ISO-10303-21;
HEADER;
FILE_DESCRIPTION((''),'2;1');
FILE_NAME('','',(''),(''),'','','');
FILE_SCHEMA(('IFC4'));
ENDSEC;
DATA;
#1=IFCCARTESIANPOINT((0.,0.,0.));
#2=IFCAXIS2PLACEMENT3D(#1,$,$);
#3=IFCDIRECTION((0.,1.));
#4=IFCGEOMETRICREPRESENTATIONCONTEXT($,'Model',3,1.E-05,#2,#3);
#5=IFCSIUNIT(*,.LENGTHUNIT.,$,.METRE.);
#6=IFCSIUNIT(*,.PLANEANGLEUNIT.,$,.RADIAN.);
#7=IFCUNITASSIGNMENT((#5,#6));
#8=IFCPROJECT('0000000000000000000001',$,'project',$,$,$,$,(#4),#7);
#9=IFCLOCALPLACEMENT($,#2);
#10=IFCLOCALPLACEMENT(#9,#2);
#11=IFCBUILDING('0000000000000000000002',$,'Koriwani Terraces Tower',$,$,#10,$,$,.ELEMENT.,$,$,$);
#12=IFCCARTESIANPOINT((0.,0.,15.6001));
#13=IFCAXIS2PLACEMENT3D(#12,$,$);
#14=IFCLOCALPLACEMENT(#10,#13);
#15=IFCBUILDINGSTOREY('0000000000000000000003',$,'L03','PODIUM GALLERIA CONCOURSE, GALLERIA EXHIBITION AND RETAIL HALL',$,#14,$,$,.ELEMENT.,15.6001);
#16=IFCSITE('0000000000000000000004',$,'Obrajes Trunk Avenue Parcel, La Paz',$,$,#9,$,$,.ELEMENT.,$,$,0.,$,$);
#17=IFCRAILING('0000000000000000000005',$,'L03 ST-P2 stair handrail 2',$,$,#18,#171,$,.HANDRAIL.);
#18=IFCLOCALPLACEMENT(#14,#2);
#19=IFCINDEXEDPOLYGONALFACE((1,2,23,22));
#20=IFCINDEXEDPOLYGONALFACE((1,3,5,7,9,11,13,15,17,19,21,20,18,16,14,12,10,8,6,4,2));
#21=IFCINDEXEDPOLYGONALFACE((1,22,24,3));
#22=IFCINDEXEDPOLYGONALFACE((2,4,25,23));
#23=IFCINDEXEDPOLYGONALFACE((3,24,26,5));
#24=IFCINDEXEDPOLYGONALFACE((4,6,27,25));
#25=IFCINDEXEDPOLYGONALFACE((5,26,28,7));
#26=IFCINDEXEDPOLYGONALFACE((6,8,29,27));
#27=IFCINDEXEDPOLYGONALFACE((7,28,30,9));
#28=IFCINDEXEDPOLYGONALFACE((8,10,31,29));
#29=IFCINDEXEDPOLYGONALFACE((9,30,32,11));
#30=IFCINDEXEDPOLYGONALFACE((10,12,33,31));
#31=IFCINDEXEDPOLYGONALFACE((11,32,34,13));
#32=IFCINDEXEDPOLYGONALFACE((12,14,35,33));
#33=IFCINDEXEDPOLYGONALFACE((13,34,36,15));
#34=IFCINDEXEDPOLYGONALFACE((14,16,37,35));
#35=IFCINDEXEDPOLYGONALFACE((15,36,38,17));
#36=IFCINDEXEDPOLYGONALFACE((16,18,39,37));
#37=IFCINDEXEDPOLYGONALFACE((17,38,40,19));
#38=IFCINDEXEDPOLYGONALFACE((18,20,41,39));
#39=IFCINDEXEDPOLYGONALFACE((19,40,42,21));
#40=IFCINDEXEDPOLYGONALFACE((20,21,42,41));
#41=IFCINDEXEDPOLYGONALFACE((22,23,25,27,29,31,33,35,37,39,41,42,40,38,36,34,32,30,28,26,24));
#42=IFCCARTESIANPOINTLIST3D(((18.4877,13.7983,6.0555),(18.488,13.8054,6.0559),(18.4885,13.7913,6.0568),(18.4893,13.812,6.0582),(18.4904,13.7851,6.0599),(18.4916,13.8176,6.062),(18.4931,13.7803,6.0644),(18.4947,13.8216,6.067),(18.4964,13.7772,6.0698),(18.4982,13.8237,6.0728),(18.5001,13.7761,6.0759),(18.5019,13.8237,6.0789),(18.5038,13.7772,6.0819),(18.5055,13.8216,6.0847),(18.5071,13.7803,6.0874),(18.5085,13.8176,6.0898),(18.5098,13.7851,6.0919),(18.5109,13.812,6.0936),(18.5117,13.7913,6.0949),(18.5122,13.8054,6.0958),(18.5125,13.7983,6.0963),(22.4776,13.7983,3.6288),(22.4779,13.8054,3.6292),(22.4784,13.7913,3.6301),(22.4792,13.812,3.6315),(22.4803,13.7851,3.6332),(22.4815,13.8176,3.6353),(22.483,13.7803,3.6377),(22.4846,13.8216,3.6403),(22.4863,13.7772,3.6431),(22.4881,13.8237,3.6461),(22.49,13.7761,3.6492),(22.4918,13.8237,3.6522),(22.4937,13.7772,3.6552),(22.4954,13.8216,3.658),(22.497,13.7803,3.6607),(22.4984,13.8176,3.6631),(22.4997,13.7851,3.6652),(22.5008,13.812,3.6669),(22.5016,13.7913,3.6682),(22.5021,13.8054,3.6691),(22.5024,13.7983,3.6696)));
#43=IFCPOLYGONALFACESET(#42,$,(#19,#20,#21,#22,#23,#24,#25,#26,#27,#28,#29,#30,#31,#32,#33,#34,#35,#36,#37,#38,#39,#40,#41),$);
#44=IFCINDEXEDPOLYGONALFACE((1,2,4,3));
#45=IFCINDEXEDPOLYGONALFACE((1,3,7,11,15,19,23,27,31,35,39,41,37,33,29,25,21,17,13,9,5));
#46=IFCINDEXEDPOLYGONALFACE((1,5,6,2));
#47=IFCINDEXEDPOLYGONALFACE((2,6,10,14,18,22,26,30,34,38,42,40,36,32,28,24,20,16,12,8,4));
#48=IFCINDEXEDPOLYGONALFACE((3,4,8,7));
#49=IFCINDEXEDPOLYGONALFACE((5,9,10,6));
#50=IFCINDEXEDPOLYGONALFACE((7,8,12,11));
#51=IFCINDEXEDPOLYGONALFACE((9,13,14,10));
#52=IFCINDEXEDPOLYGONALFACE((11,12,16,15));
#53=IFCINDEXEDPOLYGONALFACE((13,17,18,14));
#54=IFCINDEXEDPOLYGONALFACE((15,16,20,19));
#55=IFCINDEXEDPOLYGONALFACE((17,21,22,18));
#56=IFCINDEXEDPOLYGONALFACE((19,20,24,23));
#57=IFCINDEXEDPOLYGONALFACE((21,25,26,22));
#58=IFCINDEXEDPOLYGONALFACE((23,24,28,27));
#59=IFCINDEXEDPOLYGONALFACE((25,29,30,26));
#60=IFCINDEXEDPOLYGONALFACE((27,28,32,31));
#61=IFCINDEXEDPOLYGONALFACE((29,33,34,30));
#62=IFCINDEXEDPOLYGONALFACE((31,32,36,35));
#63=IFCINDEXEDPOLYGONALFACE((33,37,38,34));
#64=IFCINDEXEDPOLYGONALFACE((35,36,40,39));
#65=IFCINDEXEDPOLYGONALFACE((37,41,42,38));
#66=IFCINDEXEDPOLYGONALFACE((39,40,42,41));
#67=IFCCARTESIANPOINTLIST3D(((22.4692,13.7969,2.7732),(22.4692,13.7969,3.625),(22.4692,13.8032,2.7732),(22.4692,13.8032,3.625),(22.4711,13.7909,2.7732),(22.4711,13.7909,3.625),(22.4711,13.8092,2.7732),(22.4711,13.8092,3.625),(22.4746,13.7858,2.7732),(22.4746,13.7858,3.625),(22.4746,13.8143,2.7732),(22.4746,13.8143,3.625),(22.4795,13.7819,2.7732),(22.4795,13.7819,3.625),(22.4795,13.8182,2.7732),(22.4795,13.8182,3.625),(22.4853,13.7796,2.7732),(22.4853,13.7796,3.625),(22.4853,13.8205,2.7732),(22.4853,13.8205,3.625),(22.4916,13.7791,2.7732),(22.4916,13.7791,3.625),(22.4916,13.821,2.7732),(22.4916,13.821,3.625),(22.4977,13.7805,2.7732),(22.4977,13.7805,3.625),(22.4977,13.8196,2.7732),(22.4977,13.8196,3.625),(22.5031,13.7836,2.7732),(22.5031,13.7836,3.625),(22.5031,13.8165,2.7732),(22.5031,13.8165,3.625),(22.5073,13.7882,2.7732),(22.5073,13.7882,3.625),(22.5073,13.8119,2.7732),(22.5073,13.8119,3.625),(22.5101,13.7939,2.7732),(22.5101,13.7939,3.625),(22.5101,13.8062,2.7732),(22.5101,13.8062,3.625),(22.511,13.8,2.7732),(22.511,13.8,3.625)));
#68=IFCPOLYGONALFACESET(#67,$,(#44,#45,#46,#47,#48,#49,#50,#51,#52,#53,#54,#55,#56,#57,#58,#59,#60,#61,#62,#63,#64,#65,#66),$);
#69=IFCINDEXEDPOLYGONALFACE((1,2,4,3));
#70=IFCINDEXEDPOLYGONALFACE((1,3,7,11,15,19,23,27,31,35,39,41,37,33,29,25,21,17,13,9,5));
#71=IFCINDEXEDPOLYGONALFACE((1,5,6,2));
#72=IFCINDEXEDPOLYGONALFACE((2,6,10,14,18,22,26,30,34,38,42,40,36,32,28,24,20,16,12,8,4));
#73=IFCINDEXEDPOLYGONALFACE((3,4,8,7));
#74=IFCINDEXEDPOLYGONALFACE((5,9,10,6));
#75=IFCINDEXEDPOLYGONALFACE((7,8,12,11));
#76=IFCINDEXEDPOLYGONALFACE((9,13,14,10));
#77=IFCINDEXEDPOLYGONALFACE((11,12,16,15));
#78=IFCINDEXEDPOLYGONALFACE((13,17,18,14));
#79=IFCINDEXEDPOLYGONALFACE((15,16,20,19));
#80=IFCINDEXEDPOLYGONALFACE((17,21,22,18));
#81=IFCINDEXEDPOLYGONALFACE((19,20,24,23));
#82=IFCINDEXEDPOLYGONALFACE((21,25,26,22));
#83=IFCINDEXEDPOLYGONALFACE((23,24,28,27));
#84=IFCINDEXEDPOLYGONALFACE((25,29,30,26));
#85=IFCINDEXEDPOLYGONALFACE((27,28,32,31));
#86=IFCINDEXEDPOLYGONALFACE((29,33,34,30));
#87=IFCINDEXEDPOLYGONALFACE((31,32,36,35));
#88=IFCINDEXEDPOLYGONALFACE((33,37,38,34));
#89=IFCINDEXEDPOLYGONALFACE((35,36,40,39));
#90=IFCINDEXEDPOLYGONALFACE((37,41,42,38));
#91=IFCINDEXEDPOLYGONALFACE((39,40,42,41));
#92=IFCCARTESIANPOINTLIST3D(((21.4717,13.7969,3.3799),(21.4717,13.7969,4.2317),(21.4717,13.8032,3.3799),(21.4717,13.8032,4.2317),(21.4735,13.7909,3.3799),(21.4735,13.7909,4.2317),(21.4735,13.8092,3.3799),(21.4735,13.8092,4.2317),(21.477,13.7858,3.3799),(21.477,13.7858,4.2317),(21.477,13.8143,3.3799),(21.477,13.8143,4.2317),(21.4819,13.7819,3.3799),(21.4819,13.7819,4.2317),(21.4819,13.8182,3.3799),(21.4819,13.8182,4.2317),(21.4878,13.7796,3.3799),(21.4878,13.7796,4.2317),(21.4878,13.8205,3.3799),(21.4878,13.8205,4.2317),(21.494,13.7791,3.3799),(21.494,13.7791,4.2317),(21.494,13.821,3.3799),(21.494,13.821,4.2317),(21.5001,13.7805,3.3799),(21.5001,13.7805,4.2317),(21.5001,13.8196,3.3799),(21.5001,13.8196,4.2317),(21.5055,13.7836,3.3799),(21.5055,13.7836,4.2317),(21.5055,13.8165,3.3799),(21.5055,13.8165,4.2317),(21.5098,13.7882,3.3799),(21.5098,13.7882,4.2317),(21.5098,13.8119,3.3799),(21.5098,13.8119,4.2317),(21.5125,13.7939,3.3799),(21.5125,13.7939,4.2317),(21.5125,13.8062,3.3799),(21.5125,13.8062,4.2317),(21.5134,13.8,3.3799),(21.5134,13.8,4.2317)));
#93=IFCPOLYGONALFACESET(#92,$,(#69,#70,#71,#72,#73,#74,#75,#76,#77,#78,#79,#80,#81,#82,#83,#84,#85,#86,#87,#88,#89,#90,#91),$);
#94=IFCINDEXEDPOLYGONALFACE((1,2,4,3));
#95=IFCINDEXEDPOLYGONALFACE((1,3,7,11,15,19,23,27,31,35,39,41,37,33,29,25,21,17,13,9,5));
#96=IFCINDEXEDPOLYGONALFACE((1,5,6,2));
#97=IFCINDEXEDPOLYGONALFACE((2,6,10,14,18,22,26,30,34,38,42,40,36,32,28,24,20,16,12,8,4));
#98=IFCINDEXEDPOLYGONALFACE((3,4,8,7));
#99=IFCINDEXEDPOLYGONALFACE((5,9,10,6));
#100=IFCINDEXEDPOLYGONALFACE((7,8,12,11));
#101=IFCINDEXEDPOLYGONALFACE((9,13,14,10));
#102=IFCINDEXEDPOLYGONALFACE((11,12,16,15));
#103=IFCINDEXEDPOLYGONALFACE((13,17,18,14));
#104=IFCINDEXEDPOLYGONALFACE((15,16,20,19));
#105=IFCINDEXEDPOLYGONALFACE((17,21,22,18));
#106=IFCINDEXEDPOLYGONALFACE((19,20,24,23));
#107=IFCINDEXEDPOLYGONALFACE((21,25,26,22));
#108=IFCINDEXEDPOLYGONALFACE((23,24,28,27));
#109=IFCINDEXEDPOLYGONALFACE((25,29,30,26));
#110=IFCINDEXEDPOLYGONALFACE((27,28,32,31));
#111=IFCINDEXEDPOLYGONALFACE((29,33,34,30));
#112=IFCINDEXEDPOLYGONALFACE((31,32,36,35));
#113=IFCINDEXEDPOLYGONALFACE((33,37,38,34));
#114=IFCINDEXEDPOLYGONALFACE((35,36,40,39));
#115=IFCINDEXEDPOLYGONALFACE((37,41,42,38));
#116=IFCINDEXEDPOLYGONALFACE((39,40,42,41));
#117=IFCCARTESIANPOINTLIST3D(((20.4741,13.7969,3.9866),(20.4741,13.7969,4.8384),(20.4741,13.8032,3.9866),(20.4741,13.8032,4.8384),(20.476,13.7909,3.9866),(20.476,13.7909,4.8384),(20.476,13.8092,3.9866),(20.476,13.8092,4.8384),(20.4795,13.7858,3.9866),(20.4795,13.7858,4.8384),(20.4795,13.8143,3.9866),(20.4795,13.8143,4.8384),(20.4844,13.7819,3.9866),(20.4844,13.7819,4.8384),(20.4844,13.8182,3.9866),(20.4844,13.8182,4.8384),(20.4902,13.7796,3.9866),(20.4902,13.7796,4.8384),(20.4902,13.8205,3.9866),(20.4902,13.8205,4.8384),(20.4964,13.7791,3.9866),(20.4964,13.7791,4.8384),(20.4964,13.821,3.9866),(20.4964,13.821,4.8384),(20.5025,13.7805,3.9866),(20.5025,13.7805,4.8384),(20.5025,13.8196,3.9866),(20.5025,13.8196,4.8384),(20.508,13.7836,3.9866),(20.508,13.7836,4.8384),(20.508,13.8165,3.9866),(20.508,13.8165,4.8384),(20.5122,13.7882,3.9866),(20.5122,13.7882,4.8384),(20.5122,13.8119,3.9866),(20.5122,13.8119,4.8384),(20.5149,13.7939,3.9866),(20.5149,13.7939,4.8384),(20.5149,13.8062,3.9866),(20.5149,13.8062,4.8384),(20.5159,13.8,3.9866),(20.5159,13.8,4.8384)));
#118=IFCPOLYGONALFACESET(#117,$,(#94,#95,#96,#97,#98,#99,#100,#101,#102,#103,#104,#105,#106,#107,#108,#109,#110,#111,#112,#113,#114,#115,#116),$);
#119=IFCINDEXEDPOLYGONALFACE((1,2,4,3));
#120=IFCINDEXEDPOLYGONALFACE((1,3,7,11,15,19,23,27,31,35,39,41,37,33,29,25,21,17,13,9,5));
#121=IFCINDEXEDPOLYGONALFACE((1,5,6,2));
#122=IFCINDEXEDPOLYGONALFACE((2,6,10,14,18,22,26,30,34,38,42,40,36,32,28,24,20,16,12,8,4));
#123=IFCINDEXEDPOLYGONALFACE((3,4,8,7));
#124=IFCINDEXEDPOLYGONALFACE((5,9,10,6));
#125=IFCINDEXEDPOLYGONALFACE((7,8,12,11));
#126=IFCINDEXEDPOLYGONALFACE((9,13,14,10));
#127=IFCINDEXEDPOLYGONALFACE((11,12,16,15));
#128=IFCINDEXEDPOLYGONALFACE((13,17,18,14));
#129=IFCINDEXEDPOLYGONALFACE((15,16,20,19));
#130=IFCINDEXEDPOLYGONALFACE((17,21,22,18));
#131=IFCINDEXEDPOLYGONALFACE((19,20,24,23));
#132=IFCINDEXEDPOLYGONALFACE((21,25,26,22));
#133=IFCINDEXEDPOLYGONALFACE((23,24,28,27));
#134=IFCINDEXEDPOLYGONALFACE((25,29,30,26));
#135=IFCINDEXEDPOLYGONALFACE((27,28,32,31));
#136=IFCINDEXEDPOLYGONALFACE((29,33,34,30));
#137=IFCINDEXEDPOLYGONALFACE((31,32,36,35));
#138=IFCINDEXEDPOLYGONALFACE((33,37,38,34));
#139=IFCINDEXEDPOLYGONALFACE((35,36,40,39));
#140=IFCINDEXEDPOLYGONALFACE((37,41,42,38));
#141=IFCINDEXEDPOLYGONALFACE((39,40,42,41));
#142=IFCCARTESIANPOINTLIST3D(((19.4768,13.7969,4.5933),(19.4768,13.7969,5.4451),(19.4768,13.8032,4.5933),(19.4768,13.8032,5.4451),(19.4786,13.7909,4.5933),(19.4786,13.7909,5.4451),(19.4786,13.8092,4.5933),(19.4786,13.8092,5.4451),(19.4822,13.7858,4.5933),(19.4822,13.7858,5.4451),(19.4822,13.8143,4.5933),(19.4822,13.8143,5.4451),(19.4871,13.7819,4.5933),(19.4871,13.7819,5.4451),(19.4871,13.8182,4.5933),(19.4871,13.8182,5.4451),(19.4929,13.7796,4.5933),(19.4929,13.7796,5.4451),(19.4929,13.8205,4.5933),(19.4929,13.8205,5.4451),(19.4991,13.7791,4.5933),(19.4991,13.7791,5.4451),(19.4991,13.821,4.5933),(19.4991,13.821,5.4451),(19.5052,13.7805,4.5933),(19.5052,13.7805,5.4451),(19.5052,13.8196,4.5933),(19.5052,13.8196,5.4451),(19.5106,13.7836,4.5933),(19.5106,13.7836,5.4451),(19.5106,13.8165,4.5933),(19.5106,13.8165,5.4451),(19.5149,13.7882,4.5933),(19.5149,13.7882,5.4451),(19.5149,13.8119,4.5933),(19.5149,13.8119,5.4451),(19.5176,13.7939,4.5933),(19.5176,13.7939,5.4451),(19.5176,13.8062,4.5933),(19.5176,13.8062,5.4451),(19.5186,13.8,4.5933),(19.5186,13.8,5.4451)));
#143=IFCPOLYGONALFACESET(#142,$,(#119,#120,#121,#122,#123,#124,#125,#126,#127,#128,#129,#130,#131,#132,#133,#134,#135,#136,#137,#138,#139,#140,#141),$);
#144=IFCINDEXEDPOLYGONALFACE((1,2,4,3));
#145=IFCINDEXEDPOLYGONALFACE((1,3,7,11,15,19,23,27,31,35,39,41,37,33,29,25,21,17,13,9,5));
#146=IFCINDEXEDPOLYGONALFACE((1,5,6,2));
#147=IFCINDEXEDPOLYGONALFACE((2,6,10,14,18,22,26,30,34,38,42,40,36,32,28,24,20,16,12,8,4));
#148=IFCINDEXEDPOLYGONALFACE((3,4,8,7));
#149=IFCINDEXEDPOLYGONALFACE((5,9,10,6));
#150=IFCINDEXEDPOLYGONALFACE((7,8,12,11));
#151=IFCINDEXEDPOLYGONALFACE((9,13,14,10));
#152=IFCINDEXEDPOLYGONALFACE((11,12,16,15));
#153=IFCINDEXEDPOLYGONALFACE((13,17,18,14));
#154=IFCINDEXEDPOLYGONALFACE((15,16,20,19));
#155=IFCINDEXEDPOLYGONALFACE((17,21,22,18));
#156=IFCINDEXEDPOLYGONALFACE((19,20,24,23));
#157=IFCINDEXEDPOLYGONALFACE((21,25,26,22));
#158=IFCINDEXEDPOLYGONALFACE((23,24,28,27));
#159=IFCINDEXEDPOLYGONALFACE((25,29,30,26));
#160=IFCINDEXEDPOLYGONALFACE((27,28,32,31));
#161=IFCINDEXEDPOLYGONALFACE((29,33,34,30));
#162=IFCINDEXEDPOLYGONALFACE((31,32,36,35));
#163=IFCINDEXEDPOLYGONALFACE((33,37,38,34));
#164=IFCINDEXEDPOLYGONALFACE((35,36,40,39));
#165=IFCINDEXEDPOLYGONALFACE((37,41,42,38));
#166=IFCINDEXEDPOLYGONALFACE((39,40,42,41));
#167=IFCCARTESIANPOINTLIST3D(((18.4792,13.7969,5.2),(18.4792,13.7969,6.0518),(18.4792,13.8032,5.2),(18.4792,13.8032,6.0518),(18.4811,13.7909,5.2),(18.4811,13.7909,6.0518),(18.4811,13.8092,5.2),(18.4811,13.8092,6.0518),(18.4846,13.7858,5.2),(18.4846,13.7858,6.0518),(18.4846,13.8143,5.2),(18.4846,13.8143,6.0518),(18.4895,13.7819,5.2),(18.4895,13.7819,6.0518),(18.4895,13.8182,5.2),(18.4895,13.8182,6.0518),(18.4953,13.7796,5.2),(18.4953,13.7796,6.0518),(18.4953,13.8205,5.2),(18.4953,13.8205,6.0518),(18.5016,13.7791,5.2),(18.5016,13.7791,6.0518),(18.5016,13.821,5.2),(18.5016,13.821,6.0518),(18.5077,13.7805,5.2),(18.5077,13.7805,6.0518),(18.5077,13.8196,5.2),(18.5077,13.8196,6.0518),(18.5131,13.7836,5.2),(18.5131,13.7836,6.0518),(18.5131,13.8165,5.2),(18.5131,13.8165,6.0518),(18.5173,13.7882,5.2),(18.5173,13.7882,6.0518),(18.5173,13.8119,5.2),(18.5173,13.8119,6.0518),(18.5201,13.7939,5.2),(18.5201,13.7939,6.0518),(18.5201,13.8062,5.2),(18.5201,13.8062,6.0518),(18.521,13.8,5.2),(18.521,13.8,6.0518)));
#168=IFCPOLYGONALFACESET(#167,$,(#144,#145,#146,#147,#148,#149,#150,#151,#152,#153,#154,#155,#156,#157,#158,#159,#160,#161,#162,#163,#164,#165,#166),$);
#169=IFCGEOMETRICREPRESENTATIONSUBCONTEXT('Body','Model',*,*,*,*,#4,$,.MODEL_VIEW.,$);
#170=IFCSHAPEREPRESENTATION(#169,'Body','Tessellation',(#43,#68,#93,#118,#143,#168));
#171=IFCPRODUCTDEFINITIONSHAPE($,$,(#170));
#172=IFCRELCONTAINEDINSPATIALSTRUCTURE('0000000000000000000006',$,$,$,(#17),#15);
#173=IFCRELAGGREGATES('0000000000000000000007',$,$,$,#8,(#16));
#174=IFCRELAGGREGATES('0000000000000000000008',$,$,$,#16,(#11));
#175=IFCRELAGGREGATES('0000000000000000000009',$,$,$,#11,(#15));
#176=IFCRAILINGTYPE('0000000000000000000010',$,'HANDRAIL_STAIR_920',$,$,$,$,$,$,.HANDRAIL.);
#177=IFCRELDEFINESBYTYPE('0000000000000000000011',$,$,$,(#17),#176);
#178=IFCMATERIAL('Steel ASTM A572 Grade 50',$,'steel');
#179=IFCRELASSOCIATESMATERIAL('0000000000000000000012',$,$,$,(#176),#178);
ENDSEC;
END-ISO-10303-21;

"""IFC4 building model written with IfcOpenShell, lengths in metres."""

from ifc_helpers import new_model, si_unit, direction, frame, origin, origin_2d, place, context, subcontext, project, spatial, circle, extrude, material, type_object, element, save


model = new_model("IFC4")

# Units and contexts
model_context = context("Model", 3, precision=1e-05, world=origin(), true_north=direction((0.0, 1.0)))
body_context = subcontext(model_context, "Body", "Model", "MODEL_VIEW")
ifc_project = project(units=[si_unit("LENGTHUNIT", "METRE"), si_unit("PLANEANGLEUNIT", "RADIAN")], contexts=[model_context])

# Site, building, storey
site_placement = place(None, origin())
site = spatial("IfcSite", under=ifc_project, at=site_placement, Name="Obrajes Trunk Avenue Parcel, La Paz", CompositionType="ELEMENT", RefElevation=0.0)
building_placement = place(site_placement, origin())
building = spatial("IfcBuilding", under=site, at=building_placement, Name="Koriwani Terraces Tower", CompositionType="ELEMENT")
storey_placement = place(building_placement, frame((0.0, 0.0, 15.6001)))
storey = spatial("IfcBuildingStorey", under=building, at=storey_placement, Name="L03", Description="PODIUM GALLERIA CONCOURSE, GALLERIA EXHIBITION AND RETAIL HALL", CompositionType="ELEMENT", Elevation=15.6001)

# Shared definitions
ifc_material_1 = material(Name="Steel ASTM A572 Grade 50", Category="steel")

# Railing
railing_type_1 = type_object("IfcRailingType", Name="HANDRAIL_STAIR_920", PredefinedType="HANDRAIL", material=ifc_material_1)
railing_1_placement = place(storey_placement, frame((22.49, 13.8, 2.7732)))
element("IfcRailing", 1, at=railing_1_placement, inside=storey, type_object=railing_type_1, Name="L03 ST-P2 stair handrail 2", PredefinedType="HANDRAIL", context=body_context, shape_type="SweptSolid", body=[
    extrude(circle(Radius=0.0239, at=origin_2d()), frame((0.0, 0.0, 0.876), z_axis=(-0.854382, 0.0, 0.519645), x_axis=(0.0, -1.0, 0.0)), (0.0, 0.0, 1.0), 4.6699),
    extrude(circle(Radius=0.021, at=origin_2d()), origin(), (0.0, 0.0, 1.0), 0.8518),
    extrude(circle(Radius=0.021, at=origin_2d()), frame((-0.9976, 0.0, 0.6067)), (0.0, 0.0, 1.0), 0.8518),
    extrude(circle(Radius=0.021, at=origin_2d()), frame((-1.9951, 0.0, 1.2134)), (0.0, 0.0, 1.0), 0.8518),
    extrude(circle(Radius=0.021, at=origin_2d()), frame((-2.9924, 0.0, 1.8201)), (0.0, 0.0, 1.0), 0.8518),
    extrude(circle(Radius=0.021, at=origin_2d()), frame((-3.99, 0.0, 2.4268)), (0.0, 0.0, 1.0), 0.8518),
])

save(model, "model.ifc")
